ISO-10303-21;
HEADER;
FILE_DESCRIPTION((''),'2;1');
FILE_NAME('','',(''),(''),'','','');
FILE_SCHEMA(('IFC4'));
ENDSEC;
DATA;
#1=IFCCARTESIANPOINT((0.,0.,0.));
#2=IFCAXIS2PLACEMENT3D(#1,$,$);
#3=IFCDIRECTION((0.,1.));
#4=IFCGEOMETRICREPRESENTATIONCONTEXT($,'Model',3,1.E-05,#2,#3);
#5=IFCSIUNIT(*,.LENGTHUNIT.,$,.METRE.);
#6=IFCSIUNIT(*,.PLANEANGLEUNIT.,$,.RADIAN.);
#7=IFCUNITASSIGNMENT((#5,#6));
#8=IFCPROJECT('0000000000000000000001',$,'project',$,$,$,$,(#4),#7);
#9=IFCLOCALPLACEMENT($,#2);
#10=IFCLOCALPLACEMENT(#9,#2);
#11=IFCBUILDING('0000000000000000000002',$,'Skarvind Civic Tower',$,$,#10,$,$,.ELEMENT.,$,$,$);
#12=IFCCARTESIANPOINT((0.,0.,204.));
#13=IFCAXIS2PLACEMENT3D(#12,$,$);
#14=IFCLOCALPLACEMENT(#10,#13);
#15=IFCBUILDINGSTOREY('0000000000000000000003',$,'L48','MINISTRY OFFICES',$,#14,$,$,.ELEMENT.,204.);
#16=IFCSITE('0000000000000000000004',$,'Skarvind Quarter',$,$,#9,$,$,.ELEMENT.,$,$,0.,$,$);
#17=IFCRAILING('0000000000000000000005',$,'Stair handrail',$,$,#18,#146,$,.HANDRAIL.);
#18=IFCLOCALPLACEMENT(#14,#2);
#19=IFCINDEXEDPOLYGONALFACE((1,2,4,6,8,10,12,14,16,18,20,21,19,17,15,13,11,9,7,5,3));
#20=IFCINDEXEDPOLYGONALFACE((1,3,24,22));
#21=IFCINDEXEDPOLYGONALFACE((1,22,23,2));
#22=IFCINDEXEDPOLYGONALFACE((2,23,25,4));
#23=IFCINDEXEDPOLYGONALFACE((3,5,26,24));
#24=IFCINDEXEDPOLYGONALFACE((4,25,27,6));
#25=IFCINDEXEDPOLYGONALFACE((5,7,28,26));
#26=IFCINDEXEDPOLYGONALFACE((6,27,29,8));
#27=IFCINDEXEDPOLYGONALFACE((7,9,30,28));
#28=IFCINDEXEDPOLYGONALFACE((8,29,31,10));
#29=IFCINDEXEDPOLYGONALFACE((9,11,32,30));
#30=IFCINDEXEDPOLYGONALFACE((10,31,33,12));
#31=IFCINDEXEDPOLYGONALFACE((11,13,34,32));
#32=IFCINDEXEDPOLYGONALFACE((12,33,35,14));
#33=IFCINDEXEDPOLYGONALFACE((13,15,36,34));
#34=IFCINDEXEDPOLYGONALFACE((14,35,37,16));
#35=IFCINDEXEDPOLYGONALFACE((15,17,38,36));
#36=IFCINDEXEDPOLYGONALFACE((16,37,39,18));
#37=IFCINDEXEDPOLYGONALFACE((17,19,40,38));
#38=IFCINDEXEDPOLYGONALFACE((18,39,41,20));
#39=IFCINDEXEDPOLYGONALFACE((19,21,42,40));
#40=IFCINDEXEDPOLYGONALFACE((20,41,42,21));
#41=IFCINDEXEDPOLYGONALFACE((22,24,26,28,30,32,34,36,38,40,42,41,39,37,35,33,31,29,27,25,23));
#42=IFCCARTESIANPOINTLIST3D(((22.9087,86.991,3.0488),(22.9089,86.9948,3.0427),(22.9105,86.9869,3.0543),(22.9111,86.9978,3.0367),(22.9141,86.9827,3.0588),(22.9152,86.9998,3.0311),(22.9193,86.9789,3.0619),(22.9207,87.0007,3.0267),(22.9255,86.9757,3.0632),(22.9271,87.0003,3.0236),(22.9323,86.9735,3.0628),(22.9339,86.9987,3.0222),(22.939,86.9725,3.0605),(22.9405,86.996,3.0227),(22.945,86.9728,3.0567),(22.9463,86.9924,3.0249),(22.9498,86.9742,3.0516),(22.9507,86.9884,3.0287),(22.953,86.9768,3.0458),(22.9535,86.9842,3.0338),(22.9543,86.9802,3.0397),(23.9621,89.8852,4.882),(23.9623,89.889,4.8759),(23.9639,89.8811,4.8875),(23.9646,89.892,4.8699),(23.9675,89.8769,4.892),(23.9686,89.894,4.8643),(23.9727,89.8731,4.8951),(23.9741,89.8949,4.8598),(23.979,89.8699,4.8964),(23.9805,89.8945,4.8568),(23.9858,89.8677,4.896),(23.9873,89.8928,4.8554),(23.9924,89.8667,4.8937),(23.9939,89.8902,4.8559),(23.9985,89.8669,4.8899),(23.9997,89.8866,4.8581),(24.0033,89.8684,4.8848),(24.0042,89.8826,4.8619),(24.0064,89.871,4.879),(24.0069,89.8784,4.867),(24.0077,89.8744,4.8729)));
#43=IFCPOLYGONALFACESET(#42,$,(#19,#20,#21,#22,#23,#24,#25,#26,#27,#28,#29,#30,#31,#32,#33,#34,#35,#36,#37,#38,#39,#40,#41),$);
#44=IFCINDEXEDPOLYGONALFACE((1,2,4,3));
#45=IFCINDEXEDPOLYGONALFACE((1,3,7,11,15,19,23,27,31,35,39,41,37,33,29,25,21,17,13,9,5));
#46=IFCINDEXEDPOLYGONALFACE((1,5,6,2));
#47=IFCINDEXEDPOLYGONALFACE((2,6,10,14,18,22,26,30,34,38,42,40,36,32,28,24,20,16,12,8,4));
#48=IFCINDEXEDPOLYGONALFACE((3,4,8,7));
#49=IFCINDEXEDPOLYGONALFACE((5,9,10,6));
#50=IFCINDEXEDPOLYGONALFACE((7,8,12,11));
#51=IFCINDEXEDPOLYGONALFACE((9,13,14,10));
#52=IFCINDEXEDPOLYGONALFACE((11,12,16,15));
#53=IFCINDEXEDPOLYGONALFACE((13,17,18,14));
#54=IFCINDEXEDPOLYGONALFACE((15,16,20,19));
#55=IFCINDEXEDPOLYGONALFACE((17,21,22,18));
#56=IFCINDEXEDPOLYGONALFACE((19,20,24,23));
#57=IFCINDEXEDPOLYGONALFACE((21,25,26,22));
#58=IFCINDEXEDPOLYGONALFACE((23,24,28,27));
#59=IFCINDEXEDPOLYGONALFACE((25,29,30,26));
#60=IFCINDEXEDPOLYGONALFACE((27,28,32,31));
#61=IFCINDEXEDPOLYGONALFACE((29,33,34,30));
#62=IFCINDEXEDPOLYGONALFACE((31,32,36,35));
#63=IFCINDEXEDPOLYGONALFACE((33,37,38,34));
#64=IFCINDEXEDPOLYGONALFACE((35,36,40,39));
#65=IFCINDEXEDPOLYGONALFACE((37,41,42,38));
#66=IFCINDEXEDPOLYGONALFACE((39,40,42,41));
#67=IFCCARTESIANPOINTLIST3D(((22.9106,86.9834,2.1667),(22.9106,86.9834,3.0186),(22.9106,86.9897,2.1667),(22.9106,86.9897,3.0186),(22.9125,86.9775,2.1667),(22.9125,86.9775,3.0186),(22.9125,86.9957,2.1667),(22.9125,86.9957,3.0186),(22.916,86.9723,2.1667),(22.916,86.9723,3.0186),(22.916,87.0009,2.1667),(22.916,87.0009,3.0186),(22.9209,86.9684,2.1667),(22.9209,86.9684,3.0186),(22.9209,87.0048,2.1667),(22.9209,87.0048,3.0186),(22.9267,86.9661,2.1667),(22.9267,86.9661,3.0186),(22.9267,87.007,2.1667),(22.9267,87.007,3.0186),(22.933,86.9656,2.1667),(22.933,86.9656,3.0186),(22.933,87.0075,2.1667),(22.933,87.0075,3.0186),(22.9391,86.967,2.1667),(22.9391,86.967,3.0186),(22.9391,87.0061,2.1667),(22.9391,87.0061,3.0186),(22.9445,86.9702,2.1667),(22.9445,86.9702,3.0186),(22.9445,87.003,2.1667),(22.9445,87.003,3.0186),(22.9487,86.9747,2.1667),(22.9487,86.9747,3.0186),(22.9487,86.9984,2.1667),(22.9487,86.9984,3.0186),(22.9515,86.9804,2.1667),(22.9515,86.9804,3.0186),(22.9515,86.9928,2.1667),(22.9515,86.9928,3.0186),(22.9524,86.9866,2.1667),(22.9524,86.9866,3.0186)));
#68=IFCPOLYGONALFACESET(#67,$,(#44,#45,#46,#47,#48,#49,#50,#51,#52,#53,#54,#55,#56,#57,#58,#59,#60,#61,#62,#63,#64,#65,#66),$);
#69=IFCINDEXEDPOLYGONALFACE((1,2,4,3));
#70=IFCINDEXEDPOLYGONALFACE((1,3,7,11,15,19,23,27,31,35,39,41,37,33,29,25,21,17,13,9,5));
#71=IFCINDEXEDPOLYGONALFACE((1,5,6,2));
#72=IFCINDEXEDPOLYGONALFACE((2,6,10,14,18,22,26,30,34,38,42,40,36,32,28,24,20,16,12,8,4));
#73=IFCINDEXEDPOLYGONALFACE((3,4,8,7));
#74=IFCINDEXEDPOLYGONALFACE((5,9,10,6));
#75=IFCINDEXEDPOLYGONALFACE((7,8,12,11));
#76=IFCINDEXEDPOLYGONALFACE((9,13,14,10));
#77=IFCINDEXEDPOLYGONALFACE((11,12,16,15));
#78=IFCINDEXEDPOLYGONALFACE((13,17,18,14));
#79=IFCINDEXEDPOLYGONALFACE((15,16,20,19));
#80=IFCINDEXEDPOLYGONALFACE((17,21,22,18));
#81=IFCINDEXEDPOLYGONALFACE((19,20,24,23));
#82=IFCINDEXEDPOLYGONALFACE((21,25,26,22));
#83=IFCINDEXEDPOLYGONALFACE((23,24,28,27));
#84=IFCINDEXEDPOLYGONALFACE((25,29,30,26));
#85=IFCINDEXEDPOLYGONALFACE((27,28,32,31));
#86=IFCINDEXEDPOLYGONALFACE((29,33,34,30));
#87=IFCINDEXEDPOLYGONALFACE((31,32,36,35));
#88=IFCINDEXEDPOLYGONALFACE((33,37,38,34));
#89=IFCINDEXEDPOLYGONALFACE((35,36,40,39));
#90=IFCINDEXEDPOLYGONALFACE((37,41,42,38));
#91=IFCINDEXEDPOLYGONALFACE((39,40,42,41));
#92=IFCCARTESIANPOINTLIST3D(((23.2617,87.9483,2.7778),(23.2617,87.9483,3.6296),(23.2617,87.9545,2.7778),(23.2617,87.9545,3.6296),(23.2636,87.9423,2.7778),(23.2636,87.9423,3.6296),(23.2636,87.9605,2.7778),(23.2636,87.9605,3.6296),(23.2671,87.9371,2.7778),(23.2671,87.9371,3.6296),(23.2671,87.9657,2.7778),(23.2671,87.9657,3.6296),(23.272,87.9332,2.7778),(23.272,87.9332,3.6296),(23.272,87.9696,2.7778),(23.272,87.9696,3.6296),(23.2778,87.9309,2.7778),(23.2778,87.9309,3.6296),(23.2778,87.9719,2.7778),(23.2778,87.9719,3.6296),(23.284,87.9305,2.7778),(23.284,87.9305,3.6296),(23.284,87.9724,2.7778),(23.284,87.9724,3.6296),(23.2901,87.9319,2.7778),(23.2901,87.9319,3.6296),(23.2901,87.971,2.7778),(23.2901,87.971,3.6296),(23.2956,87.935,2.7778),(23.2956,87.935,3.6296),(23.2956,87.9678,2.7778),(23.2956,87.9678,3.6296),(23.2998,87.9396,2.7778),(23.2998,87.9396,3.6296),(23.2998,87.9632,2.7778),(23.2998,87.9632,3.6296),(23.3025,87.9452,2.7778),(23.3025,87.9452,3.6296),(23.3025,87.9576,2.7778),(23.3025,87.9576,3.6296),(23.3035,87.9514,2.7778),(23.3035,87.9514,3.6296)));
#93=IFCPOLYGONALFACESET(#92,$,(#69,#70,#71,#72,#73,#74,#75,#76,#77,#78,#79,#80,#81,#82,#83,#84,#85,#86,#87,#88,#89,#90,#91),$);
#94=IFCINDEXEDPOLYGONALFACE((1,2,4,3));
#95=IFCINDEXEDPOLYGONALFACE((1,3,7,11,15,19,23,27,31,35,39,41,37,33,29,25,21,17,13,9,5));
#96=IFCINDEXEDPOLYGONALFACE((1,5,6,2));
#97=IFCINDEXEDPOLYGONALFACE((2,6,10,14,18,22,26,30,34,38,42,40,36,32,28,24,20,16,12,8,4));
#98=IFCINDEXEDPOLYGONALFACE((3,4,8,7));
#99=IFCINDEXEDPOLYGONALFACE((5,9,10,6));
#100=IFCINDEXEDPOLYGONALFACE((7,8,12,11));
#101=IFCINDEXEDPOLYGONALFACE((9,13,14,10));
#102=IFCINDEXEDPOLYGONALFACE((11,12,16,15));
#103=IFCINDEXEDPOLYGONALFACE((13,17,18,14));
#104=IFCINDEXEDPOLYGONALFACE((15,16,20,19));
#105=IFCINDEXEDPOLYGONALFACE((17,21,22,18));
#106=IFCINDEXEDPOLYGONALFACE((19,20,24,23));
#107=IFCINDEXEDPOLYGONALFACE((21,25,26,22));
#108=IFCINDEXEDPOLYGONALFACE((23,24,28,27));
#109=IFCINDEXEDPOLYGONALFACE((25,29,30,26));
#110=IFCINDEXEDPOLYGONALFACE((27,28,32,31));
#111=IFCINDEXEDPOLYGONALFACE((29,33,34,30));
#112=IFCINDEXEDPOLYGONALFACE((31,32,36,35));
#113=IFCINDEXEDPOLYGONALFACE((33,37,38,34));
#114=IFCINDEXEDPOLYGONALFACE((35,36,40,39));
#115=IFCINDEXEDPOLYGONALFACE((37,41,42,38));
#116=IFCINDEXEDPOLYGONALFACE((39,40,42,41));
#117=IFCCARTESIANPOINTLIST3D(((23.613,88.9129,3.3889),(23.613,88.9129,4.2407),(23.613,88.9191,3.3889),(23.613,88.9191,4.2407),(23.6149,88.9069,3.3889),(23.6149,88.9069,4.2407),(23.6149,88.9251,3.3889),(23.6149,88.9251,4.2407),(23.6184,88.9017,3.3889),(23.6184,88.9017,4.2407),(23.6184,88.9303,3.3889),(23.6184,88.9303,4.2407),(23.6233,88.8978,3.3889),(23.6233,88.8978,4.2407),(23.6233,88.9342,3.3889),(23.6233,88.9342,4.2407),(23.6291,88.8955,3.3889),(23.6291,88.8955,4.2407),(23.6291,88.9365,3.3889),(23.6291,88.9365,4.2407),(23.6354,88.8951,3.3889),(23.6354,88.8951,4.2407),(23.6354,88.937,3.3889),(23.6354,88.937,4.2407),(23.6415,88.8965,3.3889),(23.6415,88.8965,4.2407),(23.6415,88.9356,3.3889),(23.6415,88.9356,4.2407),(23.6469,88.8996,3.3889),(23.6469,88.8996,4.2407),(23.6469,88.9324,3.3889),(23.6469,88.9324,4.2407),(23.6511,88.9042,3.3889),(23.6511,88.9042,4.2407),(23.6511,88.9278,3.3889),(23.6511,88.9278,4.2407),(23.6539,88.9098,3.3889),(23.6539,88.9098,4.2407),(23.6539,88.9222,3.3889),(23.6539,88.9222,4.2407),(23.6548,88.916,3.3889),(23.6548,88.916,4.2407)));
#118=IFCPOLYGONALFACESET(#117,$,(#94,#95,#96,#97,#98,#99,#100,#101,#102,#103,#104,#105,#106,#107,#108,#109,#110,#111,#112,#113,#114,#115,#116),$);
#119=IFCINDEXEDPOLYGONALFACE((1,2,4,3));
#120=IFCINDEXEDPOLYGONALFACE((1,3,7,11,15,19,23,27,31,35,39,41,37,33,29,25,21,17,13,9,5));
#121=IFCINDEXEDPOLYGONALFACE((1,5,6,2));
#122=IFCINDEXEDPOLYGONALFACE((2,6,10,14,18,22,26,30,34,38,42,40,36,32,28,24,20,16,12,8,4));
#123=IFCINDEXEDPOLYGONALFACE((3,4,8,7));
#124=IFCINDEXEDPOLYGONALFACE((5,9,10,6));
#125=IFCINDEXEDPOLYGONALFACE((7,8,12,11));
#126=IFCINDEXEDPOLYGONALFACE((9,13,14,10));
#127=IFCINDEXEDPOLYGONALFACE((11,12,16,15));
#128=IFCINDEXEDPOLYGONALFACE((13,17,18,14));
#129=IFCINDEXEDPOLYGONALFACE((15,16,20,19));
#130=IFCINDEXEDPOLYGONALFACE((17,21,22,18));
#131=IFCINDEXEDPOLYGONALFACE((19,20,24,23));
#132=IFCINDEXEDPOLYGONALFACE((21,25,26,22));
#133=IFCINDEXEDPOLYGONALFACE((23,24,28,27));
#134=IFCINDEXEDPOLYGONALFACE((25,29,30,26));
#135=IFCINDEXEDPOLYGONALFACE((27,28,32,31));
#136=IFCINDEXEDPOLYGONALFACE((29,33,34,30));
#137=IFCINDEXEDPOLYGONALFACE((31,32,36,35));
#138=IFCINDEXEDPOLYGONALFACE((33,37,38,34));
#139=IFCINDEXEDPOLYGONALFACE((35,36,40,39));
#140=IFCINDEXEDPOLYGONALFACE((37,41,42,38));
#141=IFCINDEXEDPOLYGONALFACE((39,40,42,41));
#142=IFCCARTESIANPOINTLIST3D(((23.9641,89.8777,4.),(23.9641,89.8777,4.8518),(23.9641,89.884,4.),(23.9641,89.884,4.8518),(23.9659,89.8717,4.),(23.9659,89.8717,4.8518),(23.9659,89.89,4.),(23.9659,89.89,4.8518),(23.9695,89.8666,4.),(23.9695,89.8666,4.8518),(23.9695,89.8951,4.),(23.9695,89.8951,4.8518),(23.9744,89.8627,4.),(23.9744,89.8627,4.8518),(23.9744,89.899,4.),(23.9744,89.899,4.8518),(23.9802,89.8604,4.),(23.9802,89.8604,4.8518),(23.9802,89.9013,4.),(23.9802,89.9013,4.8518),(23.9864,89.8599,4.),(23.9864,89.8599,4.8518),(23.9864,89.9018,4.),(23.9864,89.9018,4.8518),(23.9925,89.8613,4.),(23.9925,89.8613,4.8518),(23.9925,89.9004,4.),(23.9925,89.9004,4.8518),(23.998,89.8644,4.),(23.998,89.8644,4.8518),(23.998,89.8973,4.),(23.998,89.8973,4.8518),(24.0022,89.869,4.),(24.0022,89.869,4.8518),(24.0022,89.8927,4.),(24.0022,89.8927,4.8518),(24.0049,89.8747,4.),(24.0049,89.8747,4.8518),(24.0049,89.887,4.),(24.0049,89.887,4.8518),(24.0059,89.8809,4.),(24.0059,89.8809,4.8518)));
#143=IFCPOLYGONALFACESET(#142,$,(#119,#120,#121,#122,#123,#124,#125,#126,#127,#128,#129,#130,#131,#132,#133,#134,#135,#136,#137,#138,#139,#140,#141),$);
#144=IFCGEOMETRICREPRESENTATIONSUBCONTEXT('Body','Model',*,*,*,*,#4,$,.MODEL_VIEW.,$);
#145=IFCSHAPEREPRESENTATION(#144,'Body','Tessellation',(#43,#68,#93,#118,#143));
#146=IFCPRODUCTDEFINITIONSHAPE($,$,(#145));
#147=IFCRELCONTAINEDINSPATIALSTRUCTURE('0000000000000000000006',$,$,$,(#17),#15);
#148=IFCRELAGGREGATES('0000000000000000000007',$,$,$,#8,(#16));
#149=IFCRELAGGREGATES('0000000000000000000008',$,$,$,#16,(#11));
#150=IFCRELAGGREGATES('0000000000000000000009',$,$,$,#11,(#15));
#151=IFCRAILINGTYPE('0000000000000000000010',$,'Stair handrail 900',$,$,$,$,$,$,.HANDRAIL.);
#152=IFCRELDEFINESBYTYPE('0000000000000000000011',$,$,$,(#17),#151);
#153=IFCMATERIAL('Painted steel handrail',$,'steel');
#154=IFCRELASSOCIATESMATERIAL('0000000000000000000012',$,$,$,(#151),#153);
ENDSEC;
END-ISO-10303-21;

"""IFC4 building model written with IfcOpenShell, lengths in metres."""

from ifc_helpers import new_model, si_unit, direction, frame, origin, origin_2d, place, context, subcontext, project, spatial, circle, extrude, material, type_object, element, save


model = new_model("IFC4")

# Units and contexts
model_context = context("Model", 3, precision=1e-05, world=origin(), true_north=direction((0.0, 1.0)))
body_context = subcontext(model_context, "Body", "Model", "MODEL_VIEW")
ifc_project = project(units=[si_unit("LENGTHUNIT", "METRE"), si_unit("PLANEANGLEUNIT", "RADIAN")], contexts=[model_context])

# Site, building, storey
site_placement = place(None, origin())
site = spatial("IfcSite", under=ifc_project, at=site_placement, Name="Skarvind Quarter", CompositionType="ELEMENT", RefElevation=0.0)
building_placement = place(site_placement, origin())
building = spatial("IfcBuilding", under=site, at=building_placement, Name="Skarvind Civic Tower", CompositionType="ELEMENT")
storey_placement = place(building_placement, frame((0.0, 0.0, 204.0)))
storey = spatial("IfcBuildingStorey", under=building, at=storey_placement, Name="L48", Description="MINISTRY OFFICES", CompositionType="ELEMENT", Elevation=204.0)

# Railing
ifc_material_1 = material(Name="Painted steel handrail", Category="steel")
railing_type = type_object("IfcRailingType", Name="Stair handrail 900", PredefinedType="HANDRAIL", material=ifc_material_1)
railing_1_placement = place(storey_placement, frame((22.9314, 86.9866, 2.1667)))
element("IfcRailing", 1, at=railing_1_placement, inside=storey, type_object=railing_type, Name="Stair handrail", PredefinedType="HANDRAIL", context=body_context, shape_type="SweptSolid", body=[
    extrude(circle(Radius=0.0239, at=origin_2d()), frame((0.0, 0.0, 0.876), z_axis=(0.293908, 0.807481, 0.511461), x_axis=(-0.939689, 0.342029, 0.0)), (0.0, 0.0, 1.0), 3.5842),
    extrude(circle(Radius=0.021, at=origin_2d()), origin(), (0.0, 0.0, 1.0), 0.8518),
    extrude(circle(Radius=0.021, at=origin_2d()), frame((0.3511, 0.9648, 0.6111)), (0.0, 0.0, 1.0), 0.8518),
    extrude(circle(Radius=0.021, at=origin_2d()), frame((0.7024, 1.9294, 1.2222)), (0.0, 0.0, 1.0), 0.8518),
    extrude(circle(Radius=0.021, at=origin_2d()), frame((1.0535, 2.8943, 1.8333)), (0.0, 0.0, 1.0), 0.8518),
])

save(model, "model.ifc")
